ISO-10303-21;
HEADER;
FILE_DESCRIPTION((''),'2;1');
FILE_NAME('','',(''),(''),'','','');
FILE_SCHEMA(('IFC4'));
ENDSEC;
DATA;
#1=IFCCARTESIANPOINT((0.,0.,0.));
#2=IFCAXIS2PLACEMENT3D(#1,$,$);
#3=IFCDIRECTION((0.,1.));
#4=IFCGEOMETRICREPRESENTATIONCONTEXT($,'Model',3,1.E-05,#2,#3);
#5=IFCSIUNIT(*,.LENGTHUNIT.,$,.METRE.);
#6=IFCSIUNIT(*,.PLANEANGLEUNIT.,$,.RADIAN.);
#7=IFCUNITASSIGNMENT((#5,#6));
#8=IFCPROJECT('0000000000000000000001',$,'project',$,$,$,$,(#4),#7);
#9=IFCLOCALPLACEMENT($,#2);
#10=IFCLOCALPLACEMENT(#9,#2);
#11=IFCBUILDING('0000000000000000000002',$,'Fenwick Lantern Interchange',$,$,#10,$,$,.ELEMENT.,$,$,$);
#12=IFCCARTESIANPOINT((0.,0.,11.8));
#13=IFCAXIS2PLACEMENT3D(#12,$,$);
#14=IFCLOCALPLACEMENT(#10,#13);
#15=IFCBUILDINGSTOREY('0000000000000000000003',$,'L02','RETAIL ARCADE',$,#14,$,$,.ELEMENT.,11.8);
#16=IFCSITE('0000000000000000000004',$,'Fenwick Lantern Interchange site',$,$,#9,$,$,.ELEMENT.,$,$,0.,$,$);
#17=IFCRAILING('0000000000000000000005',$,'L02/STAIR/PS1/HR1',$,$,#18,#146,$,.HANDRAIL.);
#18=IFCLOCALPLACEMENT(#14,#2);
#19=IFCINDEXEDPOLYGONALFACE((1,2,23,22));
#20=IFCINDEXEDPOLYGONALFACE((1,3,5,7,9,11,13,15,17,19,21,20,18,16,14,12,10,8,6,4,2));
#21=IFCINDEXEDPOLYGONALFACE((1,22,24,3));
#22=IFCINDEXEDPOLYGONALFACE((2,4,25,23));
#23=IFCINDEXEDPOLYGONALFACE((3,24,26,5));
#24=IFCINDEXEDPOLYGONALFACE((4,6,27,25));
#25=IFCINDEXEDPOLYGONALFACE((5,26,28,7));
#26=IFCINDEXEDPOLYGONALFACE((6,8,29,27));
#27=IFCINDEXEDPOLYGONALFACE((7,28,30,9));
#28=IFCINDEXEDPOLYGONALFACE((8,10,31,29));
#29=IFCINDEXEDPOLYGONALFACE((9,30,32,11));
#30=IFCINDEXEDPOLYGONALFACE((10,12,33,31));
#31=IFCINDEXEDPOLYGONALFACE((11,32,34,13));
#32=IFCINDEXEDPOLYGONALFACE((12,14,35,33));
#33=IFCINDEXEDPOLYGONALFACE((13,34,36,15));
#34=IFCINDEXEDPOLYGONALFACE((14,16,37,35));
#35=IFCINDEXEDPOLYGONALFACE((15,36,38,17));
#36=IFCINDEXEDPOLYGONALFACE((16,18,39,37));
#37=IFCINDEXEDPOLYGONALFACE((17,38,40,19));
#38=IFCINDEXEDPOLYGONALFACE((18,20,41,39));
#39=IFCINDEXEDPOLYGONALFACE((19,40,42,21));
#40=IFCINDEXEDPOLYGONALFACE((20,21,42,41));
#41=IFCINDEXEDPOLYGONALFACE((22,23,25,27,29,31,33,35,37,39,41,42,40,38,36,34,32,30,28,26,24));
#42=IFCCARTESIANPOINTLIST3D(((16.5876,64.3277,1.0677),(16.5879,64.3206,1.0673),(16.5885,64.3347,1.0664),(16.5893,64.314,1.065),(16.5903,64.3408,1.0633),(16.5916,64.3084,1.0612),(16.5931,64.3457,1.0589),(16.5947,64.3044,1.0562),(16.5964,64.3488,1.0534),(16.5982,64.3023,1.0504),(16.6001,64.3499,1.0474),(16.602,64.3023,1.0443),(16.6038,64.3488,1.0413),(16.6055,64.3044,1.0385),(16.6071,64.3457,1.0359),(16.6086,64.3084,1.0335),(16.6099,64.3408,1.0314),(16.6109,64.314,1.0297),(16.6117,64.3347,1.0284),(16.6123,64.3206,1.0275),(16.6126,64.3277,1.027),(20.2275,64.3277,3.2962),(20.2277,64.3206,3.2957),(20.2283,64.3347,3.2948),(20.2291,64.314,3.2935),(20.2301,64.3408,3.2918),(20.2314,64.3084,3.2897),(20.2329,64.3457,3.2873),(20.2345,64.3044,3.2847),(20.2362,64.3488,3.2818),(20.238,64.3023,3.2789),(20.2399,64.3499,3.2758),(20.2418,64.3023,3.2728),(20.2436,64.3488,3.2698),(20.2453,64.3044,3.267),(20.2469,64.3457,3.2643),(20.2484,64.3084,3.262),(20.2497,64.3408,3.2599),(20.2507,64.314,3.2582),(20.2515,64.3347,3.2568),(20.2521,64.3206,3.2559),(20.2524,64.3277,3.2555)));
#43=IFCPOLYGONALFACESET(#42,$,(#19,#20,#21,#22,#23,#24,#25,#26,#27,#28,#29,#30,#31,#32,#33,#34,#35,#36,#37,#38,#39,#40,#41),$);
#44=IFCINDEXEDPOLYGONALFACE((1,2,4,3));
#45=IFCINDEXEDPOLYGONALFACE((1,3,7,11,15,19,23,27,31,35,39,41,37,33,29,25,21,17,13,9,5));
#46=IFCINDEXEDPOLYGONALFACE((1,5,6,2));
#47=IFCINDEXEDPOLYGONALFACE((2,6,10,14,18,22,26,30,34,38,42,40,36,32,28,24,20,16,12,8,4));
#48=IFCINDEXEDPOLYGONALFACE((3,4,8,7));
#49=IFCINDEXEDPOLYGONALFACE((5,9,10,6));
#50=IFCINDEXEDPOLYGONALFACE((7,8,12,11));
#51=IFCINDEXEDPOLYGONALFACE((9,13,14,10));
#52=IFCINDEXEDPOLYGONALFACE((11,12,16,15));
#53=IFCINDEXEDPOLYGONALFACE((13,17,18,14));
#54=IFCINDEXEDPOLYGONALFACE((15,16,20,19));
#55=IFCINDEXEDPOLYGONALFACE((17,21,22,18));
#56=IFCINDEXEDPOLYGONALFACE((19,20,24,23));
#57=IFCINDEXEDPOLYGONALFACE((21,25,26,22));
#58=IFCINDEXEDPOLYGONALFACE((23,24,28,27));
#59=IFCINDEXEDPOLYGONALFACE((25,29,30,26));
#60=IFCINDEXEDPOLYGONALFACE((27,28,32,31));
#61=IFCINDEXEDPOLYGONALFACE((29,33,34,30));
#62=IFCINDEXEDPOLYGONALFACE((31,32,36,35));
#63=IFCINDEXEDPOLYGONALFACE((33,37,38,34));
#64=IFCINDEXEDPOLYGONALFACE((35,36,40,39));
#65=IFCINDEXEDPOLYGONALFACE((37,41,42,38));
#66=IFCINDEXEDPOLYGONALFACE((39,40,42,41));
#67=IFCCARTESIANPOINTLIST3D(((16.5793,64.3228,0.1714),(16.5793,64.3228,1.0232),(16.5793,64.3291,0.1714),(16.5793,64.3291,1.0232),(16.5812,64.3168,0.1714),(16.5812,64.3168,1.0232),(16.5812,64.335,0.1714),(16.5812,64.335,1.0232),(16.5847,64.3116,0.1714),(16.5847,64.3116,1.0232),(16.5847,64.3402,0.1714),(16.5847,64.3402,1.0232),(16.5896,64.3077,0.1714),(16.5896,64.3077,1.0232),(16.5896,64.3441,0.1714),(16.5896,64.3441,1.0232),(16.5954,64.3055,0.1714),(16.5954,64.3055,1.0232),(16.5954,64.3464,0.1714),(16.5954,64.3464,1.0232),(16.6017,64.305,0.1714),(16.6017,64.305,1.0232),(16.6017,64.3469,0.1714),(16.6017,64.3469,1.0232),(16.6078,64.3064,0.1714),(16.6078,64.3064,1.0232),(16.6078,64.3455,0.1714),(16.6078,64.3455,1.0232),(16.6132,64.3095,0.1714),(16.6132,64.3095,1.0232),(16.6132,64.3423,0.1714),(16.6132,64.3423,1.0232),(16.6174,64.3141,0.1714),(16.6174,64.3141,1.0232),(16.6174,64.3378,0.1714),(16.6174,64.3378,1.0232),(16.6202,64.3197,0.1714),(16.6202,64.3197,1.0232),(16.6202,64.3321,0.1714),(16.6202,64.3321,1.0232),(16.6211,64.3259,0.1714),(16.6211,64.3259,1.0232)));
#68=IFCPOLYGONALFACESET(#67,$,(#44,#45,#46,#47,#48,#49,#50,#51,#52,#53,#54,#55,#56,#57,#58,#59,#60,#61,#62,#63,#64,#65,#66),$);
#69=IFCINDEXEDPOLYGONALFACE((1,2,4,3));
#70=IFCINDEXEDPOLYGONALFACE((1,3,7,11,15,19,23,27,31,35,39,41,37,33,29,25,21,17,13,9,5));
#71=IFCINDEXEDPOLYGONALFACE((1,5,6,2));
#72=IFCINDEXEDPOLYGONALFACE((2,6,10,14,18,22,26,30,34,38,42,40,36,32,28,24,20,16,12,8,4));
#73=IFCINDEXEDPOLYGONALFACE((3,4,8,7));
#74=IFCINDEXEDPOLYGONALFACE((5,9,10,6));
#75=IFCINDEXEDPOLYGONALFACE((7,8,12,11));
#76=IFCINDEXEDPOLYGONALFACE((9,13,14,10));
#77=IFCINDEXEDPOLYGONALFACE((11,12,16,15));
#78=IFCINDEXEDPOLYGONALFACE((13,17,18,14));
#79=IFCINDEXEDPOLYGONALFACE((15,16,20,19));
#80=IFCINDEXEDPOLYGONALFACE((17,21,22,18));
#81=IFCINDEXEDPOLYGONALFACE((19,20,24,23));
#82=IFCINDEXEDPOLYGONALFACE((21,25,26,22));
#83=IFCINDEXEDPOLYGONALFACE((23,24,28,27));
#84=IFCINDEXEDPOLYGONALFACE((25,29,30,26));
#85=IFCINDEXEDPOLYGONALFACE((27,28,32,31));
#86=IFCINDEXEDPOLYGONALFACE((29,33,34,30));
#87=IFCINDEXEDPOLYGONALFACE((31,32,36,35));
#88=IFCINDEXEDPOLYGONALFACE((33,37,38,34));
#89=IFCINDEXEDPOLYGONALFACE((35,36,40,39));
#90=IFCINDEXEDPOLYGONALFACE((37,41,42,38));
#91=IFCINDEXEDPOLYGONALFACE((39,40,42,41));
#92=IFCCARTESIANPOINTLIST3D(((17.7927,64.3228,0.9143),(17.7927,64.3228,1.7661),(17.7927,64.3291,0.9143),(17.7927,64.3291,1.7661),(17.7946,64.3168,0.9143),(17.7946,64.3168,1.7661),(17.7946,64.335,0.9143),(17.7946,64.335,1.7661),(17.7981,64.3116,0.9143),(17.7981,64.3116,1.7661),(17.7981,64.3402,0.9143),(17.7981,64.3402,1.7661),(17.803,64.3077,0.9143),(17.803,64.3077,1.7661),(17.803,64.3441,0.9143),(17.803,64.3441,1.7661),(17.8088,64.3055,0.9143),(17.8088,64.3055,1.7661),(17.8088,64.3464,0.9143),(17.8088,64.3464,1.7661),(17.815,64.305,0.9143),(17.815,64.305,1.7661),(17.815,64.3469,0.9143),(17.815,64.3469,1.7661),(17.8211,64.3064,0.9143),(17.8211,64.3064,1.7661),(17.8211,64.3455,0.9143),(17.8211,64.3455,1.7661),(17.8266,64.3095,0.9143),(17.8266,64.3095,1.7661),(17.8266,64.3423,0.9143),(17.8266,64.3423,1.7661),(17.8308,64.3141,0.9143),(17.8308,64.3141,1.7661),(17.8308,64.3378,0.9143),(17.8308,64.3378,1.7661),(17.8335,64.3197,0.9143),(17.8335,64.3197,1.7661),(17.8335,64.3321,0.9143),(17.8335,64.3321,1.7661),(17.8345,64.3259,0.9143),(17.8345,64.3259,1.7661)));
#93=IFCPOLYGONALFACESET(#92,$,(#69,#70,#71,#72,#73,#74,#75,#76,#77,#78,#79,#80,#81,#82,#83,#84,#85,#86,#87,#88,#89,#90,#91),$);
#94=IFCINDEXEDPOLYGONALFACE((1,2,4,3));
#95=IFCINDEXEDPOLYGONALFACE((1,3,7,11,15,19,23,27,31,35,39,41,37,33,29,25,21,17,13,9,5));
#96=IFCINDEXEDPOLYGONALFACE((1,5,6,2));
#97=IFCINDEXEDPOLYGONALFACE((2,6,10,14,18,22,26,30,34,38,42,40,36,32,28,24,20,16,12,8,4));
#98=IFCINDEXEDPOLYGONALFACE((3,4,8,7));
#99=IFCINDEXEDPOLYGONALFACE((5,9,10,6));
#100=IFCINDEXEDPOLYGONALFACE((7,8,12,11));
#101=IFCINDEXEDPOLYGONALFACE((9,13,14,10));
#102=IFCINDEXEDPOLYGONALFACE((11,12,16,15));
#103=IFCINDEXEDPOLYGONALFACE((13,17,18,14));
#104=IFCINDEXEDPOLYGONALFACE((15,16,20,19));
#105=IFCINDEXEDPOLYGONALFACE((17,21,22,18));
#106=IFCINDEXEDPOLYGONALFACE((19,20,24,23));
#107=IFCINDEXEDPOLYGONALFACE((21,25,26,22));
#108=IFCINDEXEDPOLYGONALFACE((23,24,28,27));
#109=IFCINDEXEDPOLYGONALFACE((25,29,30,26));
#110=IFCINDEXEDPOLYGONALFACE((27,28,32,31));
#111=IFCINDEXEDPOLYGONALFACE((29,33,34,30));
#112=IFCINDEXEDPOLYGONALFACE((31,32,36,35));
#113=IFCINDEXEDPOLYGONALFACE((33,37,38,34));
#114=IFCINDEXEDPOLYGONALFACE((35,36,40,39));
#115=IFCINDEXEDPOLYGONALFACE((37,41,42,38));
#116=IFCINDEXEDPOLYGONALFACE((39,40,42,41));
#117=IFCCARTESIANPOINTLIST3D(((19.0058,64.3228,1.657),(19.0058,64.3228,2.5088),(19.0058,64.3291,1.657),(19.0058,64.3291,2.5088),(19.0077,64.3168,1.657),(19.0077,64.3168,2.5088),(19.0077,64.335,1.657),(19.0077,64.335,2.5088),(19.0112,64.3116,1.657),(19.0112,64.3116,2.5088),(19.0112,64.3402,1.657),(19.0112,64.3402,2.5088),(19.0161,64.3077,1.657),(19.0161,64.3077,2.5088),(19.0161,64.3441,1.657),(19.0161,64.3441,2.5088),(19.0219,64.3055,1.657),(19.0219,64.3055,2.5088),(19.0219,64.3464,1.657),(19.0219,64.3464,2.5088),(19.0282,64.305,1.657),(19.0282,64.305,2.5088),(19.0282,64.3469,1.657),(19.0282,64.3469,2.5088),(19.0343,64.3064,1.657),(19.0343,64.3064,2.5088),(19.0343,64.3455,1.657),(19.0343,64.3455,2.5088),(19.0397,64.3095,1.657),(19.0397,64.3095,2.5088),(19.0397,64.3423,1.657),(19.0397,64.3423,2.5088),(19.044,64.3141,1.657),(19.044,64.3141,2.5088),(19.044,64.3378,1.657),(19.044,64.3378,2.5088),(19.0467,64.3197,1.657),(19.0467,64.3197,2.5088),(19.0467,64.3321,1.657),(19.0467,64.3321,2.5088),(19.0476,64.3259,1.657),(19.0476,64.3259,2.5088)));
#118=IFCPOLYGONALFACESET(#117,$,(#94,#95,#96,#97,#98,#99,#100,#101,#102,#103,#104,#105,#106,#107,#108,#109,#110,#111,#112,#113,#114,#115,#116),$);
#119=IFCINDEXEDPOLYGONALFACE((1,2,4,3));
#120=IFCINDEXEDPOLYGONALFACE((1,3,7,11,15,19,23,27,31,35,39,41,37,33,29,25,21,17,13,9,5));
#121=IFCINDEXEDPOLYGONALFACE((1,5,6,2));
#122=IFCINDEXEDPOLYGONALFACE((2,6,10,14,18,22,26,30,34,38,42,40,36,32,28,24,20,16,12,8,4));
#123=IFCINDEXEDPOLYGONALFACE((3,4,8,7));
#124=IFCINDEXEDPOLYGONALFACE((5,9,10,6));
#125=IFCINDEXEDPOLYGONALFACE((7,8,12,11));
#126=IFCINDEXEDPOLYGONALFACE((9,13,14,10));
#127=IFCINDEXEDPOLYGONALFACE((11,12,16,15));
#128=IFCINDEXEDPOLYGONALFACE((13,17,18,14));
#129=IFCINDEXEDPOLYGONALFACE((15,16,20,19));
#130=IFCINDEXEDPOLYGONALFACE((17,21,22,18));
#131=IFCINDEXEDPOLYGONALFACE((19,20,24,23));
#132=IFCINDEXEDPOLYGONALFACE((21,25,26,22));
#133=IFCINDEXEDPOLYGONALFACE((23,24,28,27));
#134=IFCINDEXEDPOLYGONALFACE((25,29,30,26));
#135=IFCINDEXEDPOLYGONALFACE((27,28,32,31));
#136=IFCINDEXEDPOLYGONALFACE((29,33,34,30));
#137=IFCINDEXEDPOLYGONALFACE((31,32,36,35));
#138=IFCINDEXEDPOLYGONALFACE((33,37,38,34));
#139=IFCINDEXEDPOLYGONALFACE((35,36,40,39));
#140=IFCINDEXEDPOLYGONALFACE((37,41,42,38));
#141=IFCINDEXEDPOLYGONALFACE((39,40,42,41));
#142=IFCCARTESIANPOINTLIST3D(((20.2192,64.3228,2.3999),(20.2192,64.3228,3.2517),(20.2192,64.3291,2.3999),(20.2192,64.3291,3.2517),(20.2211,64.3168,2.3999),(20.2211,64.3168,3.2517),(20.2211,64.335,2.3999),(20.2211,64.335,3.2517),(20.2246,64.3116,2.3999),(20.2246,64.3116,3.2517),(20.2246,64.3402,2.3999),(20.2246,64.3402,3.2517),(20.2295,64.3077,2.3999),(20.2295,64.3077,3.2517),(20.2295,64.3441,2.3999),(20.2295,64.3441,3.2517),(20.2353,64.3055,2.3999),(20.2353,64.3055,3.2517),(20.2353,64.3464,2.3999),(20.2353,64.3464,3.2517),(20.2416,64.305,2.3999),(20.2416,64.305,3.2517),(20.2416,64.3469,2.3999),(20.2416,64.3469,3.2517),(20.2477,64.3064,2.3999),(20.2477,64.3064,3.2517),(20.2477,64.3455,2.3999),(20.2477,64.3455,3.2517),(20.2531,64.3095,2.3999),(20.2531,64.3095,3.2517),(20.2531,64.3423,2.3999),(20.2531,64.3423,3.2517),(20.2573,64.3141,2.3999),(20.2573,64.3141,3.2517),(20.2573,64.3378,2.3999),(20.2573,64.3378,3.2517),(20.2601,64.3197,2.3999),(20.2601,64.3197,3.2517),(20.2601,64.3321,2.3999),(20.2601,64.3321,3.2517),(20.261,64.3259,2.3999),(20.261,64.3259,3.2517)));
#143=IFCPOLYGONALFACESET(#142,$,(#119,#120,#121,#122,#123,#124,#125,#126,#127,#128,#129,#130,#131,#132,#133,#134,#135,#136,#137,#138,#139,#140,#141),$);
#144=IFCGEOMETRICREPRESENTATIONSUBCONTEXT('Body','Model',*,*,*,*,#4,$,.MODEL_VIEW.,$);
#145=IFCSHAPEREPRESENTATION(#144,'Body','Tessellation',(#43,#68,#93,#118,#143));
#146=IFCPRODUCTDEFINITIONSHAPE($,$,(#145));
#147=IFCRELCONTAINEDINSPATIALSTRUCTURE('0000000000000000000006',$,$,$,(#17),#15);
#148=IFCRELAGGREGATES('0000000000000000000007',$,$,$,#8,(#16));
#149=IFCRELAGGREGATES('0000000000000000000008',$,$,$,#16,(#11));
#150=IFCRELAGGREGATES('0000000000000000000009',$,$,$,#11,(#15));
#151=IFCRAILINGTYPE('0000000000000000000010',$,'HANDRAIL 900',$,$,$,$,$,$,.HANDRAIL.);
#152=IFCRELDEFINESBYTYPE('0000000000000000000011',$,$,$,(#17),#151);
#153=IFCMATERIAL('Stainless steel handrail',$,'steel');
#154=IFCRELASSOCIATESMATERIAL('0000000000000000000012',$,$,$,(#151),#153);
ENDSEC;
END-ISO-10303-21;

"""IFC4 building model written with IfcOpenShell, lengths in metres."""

from ifc_helpers import new_model, si_unit, direction, frame, origin, origin_2d, place, context, subcontext, project, spatial, circle, extrude, material, type_object, element, save


model = new_model("IFC4")

# Units and contexts
model_context = context("Model", 3, precision=1e-05, world=origin(), true_north=direction((0.0, 1.0)))
body_context = subcontext(model_context, "Body", "Model", "MODEL_VIEW")
ifc_project = project(units=[si_unit("LENGTHUNIT", "METRE"), si_unit("PLANEANGLEUNIT", "RADIAN")], contexts=[model_context])

# Site, building, storey
site_placement = place(None, origin())
site = spatial("IfcSite", under=ifc_project, at=site_placement, Name="Fenwick Lantern Interchange site", CompositionType="ELEMENT", RefElevation=0.0)
building_placement = place(site_placement, origin())
building = spatial("IfcBuilding", under=site, at=building_placement, Name="Fenwick Lantern Interchange", CompositionType="ELEMENT")
storey_placement = place(building_placement, frame((0.0, 0.0, 11.8)))
storey = spatial("IfcBuildingStorey", under=building, at=storey_placement, Name="L02", Description="RETAIL ARCADE", CompositionType="ELEMENT", Elevation=11.8)

# Railing
ifc_material_1 = material(Name="Stainless steel handrail", Category="steel")
railing_type = type_object("IfcRailingType", Name="HANDRAIL 900", PredefinedType="HANDRAIL", material=ifc_material_1)
railing_1_placement = place(storey_placement, frame((16.6001, 64.3259, 0.1714)))
element("IfcRailing", 1, at=railing_1_placement, inside=storey, type_object=railing_type, Name="L02/STAIR/PS1/HR1", PredefinedType="HANDRAIL", context=body_context, shape_type="SweptSolid", body=[
    extrude(circle(Radius=0.0239, at=origin_2d()), frame((0.0, 0.0, 0.876), z_axis=(0.85285, 0.0, 0.522156), x_axis=(0.0, 1.0, 0.0)), (0.0, 0.0, 1.0), 4.2678),
    extrude(circle(Radius=0.021, at=origin_2d()), origin(), (0.0, 0.0, 1.0), 0.8518),
    extrude(circle(Radius=0.021, at=origin_2d()), frame((1.2134, 0.0, 0.7429)), (0.0, 0.0, 1.0), 0.8518),
    extrude(circle(Radius=0.021, at=origin_2d()), frame((2.4265, 0.0, 1.4856)), (0.0, 0.0, 1.0), 0.8518),
    extrude(circle(Radius=0.021, at=origin_2d()), frame((3.6399, 0.0, 2.2285)), (0.0, 0.0, 1.0), 0.8518),
])

save(model, "model.ifc")
